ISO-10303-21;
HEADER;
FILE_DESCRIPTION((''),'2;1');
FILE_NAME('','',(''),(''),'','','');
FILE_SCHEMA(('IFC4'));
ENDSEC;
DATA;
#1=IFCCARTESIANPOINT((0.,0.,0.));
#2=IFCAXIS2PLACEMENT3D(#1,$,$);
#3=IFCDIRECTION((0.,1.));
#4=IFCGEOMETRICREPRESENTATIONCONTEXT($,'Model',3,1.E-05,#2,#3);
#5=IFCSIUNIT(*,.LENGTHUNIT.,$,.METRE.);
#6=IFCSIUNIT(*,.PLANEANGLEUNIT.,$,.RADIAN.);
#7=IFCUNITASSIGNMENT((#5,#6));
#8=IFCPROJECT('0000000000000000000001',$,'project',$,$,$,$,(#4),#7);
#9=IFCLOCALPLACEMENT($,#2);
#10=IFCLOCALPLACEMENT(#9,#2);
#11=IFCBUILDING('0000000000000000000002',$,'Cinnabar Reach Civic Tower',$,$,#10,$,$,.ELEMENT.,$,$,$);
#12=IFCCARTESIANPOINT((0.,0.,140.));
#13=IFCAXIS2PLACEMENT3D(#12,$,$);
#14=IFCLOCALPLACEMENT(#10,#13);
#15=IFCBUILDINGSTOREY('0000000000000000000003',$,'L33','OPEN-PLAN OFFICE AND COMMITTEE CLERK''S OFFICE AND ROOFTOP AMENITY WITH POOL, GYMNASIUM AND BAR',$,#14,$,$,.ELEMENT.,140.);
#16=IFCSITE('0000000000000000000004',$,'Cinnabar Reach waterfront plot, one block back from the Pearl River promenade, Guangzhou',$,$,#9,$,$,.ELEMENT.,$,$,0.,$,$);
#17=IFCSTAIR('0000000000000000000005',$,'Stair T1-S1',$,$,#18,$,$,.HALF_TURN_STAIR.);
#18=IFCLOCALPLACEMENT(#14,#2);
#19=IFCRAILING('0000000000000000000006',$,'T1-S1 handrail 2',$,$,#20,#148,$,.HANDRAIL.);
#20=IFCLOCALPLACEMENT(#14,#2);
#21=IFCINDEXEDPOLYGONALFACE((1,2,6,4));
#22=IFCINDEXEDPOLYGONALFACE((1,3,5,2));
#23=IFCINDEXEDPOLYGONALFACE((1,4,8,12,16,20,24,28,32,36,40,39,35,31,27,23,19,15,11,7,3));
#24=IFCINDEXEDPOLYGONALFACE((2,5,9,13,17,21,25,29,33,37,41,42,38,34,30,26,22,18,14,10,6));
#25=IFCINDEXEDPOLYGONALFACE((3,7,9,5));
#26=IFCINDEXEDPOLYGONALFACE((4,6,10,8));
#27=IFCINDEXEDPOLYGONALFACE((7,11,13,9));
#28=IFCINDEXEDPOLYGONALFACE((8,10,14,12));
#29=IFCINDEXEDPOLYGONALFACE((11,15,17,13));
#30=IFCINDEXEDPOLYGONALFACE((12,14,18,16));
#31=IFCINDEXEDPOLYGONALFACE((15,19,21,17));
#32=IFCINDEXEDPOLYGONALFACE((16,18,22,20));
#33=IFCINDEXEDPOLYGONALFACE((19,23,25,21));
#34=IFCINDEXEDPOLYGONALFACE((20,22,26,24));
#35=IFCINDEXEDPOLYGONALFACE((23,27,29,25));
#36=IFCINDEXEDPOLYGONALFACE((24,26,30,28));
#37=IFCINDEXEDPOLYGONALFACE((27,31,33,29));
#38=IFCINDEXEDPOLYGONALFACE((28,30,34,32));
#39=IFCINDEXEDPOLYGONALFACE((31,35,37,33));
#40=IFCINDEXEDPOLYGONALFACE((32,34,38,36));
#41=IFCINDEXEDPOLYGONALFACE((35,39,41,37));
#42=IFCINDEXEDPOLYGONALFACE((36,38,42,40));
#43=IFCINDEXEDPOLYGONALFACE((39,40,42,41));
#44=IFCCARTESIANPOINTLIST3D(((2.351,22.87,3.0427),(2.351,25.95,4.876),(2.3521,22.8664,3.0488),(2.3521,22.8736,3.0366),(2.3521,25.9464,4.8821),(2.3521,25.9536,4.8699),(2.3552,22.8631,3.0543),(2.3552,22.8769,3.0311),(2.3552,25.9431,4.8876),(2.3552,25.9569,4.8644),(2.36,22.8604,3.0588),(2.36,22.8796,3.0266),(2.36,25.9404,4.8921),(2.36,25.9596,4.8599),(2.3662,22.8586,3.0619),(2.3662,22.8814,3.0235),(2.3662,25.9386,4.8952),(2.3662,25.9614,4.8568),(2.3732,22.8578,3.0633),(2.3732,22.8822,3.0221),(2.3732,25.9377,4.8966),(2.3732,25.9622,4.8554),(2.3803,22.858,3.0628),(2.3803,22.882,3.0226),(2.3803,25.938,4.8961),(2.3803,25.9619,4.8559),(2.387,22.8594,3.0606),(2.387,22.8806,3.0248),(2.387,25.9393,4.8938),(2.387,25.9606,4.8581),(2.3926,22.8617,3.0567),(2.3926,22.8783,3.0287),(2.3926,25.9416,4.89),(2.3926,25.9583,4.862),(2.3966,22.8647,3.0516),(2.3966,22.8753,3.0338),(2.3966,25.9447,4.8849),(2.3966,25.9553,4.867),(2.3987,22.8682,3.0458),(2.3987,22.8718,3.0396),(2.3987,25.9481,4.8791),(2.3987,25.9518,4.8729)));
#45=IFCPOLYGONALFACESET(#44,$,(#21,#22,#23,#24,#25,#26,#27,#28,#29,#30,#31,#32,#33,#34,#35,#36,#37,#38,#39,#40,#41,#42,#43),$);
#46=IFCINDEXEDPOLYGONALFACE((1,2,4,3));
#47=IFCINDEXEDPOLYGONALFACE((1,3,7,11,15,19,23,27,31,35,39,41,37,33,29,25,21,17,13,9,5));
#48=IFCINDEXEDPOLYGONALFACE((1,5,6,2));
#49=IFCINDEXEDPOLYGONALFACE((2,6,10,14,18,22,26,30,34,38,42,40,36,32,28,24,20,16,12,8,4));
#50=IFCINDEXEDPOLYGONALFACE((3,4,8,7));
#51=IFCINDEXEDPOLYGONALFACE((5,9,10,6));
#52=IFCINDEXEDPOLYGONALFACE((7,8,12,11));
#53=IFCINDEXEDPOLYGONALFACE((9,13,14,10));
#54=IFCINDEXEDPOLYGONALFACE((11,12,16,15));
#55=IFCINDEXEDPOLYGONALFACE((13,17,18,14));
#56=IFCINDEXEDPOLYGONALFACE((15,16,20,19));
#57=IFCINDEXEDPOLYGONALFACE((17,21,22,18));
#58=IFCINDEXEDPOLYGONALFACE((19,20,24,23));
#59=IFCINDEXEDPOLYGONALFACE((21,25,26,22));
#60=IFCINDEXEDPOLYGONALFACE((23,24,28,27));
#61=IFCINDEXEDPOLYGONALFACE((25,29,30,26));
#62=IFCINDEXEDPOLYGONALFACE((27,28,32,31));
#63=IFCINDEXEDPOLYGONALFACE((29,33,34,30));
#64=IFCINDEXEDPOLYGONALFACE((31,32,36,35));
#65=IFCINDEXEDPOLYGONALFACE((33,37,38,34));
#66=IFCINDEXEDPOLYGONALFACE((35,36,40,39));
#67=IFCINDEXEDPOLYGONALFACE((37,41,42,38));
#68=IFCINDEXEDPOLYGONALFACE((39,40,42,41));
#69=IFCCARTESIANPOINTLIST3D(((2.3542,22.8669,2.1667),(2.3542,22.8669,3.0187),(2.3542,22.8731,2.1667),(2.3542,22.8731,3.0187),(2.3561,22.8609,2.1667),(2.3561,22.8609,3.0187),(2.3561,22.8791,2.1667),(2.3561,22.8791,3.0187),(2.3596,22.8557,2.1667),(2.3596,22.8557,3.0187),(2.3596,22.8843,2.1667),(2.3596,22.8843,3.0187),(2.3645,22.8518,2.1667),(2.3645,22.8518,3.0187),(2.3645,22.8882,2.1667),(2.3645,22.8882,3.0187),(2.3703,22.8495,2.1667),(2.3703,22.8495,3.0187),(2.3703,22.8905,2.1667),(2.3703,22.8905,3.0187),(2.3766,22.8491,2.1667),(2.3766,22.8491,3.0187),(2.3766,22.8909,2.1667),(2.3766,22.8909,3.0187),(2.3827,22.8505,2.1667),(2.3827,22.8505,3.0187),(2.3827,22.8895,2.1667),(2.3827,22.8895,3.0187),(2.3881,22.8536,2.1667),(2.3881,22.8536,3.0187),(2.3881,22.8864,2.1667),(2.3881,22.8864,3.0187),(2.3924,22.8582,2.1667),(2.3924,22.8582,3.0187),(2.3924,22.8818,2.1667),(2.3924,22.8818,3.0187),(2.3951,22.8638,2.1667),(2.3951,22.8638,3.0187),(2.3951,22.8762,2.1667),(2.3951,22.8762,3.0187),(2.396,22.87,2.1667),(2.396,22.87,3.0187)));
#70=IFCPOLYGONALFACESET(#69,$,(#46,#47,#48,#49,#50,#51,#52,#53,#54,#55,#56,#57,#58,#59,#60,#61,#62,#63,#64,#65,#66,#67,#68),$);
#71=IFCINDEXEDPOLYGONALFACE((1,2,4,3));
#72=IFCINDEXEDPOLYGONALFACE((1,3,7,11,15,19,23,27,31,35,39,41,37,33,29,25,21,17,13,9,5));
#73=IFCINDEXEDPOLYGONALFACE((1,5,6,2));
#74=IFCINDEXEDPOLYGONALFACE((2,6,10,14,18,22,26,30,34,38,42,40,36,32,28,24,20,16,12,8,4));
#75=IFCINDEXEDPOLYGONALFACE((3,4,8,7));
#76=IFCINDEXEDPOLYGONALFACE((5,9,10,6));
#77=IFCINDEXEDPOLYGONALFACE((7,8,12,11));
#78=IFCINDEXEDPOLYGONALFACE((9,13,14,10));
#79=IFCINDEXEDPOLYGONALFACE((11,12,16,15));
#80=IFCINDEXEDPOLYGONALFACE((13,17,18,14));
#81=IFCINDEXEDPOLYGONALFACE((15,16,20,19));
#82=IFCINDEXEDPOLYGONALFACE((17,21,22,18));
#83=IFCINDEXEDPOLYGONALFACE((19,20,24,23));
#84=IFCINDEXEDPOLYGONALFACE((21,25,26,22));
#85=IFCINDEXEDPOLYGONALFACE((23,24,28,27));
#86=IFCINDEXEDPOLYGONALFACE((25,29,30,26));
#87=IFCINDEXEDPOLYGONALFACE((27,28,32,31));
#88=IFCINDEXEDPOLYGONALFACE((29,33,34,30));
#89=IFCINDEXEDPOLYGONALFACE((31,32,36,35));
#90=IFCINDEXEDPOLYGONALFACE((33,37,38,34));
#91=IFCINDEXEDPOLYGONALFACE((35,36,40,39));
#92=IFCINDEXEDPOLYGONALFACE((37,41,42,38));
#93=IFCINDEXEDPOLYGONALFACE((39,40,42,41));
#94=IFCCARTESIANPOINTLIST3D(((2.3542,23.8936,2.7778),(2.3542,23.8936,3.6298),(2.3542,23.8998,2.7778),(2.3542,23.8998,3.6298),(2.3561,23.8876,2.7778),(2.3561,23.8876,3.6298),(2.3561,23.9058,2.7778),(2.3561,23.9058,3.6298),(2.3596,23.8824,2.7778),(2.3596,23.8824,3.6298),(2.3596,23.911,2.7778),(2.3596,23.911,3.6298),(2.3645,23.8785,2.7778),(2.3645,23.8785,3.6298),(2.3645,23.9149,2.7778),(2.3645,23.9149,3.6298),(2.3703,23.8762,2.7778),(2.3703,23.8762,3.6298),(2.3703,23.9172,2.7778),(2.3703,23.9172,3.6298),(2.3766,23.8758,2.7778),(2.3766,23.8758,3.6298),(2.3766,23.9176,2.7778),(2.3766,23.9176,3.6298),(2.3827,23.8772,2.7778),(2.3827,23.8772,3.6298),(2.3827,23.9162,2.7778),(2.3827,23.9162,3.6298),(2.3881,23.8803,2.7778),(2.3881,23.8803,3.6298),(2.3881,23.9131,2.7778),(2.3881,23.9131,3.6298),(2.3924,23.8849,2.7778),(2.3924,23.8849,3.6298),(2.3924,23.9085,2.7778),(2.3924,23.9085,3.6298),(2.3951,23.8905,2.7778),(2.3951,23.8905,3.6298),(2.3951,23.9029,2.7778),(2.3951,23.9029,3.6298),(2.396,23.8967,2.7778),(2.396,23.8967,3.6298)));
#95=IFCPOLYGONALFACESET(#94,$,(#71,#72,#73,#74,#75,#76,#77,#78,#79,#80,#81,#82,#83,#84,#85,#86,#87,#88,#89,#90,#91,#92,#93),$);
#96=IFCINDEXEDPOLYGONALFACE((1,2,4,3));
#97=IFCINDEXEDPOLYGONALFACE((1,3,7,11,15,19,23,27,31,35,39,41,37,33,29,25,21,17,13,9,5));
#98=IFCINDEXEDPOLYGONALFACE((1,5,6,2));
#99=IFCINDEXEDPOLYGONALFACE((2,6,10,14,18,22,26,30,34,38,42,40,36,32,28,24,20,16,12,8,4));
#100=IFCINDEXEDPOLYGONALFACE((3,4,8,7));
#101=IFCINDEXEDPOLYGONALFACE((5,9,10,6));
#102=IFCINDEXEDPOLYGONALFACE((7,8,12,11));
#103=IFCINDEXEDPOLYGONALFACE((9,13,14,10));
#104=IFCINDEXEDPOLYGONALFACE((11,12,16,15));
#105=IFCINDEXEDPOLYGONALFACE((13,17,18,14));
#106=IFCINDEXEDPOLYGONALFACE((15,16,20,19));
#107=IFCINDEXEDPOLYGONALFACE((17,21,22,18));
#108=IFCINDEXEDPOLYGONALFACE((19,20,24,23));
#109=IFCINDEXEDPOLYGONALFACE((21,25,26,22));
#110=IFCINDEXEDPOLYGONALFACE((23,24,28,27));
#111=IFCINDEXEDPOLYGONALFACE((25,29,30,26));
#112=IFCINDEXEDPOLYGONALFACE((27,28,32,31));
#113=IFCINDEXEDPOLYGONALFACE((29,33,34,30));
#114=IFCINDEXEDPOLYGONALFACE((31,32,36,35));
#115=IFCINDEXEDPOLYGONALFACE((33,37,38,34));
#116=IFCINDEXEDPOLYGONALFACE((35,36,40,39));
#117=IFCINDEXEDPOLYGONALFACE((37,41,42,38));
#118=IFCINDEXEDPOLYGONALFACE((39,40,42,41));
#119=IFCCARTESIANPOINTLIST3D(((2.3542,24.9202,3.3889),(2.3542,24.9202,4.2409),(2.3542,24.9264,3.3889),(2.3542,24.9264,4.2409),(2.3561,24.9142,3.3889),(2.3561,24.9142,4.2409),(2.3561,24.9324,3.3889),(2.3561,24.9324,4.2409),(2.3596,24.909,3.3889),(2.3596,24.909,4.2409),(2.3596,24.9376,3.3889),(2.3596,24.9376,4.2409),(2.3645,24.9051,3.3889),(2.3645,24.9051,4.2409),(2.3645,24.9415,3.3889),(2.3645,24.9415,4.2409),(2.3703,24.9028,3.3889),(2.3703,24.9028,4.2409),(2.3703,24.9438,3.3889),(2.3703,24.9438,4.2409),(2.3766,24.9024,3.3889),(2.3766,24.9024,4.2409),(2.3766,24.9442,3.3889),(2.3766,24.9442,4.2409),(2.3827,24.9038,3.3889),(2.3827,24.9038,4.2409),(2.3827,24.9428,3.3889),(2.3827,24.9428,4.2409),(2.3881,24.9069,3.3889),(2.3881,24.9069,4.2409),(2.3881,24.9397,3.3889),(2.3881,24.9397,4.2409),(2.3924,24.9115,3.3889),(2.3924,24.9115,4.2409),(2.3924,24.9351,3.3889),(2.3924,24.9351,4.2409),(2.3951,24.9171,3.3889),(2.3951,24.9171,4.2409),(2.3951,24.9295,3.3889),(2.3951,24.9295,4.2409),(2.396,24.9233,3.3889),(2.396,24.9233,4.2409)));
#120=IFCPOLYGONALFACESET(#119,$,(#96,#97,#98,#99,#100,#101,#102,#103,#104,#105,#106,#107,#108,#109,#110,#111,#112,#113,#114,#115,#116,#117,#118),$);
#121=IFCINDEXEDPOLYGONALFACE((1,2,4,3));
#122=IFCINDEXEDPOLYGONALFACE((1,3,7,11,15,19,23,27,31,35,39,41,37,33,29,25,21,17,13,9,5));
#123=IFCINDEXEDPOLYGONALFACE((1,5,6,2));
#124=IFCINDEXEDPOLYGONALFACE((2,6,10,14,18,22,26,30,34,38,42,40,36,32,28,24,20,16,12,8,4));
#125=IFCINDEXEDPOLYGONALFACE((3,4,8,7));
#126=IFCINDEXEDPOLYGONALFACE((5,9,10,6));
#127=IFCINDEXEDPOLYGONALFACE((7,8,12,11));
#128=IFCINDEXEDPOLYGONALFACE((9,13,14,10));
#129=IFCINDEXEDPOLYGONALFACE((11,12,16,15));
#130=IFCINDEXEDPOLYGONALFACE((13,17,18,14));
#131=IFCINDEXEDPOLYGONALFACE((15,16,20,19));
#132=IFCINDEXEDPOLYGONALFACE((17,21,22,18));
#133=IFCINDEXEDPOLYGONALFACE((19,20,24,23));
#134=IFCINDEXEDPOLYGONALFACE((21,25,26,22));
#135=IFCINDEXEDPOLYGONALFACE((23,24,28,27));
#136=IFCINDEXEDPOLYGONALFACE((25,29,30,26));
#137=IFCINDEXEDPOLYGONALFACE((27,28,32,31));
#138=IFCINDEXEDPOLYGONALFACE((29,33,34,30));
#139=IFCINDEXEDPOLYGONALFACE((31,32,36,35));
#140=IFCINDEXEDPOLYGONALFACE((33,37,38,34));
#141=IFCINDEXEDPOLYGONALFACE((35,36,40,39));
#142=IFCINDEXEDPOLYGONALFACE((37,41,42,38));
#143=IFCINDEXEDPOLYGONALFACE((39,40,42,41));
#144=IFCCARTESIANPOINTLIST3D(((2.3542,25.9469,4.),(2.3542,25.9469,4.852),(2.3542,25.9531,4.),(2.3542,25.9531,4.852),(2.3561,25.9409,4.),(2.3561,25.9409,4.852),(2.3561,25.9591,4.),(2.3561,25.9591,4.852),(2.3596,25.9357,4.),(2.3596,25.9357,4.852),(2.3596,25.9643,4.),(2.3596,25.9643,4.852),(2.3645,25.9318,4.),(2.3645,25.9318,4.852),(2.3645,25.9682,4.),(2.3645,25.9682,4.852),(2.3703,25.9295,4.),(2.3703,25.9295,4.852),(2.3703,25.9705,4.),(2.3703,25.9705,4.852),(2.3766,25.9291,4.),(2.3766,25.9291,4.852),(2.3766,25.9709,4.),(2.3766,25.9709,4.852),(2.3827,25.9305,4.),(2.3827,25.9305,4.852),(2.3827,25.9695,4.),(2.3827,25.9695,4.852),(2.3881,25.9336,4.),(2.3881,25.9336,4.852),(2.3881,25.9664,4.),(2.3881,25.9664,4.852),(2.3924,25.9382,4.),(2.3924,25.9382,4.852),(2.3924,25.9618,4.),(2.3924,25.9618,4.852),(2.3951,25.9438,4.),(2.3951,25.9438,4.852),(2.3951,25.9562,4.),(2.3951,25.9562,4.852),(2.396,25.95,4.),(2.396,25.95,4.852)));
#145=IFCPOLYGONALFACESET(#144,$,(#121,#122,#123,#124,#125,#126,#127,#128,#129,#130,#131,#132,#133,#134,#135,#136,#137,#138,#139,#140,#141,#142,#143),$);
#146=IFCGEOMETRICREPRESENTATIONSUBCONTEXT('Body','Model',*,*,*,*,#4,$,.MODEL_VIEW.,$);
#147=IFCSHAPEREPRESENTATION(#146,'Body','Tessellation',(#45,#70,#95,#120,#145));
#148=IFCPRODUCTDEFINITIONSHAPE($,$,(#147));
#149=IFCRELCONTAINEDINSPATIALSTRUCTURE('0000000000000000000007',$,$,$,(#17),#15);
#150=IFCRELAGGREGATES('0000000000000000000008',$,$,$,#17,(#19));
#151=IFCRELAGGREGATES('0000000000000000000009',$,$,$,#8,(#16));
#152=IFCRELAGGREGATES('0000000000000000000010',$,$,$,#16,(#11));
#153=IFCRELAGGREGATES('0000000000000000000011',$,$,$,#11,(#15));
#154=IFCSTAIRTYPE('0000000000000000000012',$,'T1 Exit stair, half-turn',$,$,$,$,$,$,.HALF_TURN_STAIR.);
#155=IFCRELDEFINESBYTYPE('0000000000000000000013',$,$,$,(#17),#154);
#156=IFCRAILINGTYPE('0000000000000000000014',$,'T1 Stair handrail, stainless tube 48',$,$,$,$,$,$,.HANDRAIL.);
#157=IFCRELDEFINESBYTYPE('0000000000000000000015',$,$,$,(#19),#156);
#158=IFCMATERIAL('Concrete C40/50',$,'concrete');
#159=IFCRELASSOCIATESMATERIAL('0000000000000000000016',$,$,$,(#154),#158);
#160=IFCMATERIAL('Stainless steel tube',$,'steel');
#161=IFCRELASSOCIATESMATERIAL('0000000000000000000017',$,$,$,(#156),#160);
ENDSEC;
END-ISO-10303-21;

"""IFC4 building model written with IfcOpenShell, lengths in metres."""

from ifc_helpers import new_model, si_unit, direction, frame, origin, origin_2d, place, context, subcontext, project, spatial, circle, extrude, material, type_object, element, aggregate, save


model = new_model("IFC4")

# Units and contexts
model_context = context("Model", 3, precision=1e-05, world=origin(), true_north=direction((0.0, 1.0)))
body_context = subcontext(model_context, "Body", "Model", "MODEL_VIEW")
ifc_project = project(units=[si_unit("LENGTHUNIT", "METRE"), si_unit("PLANEANGLEUNIT", "RADIAN")], contexts=[model_context])

# Site, building, storey
site_placement = place(None, origin())
site = spatial("IfcSite", under=ifc_project, at=site_placement, Name="Cinnabar Reach waterfront plot, one block back from the Pearl River promenade, Guangzhou", CompositionType="ELEMENT", RefElevation=0.0)
building_placement = place(site_placement, origin())
building = spatial("IfcBuilding", under=site, at=building_placement, Name="Cinnabar Reach Civic Tower", CompositionType="ELEMENT")
storey_placement = place(building_placement, frame((0.0, 0.0, 140.0)))
storey = spatial("IfcBuildingStorey", under=building, at=storey_placement, Name="L33", Description="OPEN-PLAN OFFICE AND COMMITTEE CLERK'S OFFICE AND ROOFTOP AMENITY WITH POOL, GYMNASIUM AND BAR", CompositionType="ELEMENT", Elevation=140.0)

# Shared definitions
ifc_material_1 = material(Name="Concrete C40/50", Category="concrete")

# Stair, railing
stair_type = type_object("IfcStairType", Name="T1 Exit stair, half-turn", PredefinedType="HALF_TURN_STAIR", material=ifc_material_1)
stair_placement = place(storey_placement, origin())
stair = element("IfcStair", 1, at=stair_placement, inside=storey, type_object=stair_type, Name="Stair T1-S1", PredefinedType="HALF_TURN_STAIR")
ifc_material_2 = material(Name="Stainless steel tube", Category="steel")
railing_type = type_object("IfcRailingType", Name="T1 Stair handrail, stainless tube 48", PredefinedType="HANDRAIL", material=ifc_material_2)
railing_1_placement = place(storey_placement, frame((2.375, 22.87, 2.1667)))
railing_1 = element("IfcRailing", 2, at=railing_1_placement, type_object=railing_type, Name="T1-S1 handrail 2", PredefinedType="HANDRAIL", context=body_context, shape_type="SweptSolid", body=[
    extrude(circle(Radius=0.024, at=origin_2d()), frame((0.0, 0.0, 0.876), z_axis=(0.0, 0.859297, 0.511477), x_axis=(-1.0, 0.0, 0.0)), (0.0, 0.0, 1.0), 3.5843),
    extrude(circle(Radius=0.021, at=origin_2d()), origin(), (0.0, 0.0, 1.0), 0.852),
    extrude(circle(Radius=0.021, at=origin_2d()), frame((0.0, 1.0267, 0.6111)), (0.0, 0.0, 1.0), 0.852),
    extrude(circle(Radius=0.021, at=origin_2d()), frame((0.0, 2.0533, 1.2222)), (0.0, 0.0, 1.0), 0.852),
    extrude(circle(Radius=0.021, at=origin_2d()), frame((0.0, 3.08, 1.8333)), (0.0, 0.0, 1.0), 0.852),
])
aggregate(stair, [railing_1])

save(model, "model.ifc")
